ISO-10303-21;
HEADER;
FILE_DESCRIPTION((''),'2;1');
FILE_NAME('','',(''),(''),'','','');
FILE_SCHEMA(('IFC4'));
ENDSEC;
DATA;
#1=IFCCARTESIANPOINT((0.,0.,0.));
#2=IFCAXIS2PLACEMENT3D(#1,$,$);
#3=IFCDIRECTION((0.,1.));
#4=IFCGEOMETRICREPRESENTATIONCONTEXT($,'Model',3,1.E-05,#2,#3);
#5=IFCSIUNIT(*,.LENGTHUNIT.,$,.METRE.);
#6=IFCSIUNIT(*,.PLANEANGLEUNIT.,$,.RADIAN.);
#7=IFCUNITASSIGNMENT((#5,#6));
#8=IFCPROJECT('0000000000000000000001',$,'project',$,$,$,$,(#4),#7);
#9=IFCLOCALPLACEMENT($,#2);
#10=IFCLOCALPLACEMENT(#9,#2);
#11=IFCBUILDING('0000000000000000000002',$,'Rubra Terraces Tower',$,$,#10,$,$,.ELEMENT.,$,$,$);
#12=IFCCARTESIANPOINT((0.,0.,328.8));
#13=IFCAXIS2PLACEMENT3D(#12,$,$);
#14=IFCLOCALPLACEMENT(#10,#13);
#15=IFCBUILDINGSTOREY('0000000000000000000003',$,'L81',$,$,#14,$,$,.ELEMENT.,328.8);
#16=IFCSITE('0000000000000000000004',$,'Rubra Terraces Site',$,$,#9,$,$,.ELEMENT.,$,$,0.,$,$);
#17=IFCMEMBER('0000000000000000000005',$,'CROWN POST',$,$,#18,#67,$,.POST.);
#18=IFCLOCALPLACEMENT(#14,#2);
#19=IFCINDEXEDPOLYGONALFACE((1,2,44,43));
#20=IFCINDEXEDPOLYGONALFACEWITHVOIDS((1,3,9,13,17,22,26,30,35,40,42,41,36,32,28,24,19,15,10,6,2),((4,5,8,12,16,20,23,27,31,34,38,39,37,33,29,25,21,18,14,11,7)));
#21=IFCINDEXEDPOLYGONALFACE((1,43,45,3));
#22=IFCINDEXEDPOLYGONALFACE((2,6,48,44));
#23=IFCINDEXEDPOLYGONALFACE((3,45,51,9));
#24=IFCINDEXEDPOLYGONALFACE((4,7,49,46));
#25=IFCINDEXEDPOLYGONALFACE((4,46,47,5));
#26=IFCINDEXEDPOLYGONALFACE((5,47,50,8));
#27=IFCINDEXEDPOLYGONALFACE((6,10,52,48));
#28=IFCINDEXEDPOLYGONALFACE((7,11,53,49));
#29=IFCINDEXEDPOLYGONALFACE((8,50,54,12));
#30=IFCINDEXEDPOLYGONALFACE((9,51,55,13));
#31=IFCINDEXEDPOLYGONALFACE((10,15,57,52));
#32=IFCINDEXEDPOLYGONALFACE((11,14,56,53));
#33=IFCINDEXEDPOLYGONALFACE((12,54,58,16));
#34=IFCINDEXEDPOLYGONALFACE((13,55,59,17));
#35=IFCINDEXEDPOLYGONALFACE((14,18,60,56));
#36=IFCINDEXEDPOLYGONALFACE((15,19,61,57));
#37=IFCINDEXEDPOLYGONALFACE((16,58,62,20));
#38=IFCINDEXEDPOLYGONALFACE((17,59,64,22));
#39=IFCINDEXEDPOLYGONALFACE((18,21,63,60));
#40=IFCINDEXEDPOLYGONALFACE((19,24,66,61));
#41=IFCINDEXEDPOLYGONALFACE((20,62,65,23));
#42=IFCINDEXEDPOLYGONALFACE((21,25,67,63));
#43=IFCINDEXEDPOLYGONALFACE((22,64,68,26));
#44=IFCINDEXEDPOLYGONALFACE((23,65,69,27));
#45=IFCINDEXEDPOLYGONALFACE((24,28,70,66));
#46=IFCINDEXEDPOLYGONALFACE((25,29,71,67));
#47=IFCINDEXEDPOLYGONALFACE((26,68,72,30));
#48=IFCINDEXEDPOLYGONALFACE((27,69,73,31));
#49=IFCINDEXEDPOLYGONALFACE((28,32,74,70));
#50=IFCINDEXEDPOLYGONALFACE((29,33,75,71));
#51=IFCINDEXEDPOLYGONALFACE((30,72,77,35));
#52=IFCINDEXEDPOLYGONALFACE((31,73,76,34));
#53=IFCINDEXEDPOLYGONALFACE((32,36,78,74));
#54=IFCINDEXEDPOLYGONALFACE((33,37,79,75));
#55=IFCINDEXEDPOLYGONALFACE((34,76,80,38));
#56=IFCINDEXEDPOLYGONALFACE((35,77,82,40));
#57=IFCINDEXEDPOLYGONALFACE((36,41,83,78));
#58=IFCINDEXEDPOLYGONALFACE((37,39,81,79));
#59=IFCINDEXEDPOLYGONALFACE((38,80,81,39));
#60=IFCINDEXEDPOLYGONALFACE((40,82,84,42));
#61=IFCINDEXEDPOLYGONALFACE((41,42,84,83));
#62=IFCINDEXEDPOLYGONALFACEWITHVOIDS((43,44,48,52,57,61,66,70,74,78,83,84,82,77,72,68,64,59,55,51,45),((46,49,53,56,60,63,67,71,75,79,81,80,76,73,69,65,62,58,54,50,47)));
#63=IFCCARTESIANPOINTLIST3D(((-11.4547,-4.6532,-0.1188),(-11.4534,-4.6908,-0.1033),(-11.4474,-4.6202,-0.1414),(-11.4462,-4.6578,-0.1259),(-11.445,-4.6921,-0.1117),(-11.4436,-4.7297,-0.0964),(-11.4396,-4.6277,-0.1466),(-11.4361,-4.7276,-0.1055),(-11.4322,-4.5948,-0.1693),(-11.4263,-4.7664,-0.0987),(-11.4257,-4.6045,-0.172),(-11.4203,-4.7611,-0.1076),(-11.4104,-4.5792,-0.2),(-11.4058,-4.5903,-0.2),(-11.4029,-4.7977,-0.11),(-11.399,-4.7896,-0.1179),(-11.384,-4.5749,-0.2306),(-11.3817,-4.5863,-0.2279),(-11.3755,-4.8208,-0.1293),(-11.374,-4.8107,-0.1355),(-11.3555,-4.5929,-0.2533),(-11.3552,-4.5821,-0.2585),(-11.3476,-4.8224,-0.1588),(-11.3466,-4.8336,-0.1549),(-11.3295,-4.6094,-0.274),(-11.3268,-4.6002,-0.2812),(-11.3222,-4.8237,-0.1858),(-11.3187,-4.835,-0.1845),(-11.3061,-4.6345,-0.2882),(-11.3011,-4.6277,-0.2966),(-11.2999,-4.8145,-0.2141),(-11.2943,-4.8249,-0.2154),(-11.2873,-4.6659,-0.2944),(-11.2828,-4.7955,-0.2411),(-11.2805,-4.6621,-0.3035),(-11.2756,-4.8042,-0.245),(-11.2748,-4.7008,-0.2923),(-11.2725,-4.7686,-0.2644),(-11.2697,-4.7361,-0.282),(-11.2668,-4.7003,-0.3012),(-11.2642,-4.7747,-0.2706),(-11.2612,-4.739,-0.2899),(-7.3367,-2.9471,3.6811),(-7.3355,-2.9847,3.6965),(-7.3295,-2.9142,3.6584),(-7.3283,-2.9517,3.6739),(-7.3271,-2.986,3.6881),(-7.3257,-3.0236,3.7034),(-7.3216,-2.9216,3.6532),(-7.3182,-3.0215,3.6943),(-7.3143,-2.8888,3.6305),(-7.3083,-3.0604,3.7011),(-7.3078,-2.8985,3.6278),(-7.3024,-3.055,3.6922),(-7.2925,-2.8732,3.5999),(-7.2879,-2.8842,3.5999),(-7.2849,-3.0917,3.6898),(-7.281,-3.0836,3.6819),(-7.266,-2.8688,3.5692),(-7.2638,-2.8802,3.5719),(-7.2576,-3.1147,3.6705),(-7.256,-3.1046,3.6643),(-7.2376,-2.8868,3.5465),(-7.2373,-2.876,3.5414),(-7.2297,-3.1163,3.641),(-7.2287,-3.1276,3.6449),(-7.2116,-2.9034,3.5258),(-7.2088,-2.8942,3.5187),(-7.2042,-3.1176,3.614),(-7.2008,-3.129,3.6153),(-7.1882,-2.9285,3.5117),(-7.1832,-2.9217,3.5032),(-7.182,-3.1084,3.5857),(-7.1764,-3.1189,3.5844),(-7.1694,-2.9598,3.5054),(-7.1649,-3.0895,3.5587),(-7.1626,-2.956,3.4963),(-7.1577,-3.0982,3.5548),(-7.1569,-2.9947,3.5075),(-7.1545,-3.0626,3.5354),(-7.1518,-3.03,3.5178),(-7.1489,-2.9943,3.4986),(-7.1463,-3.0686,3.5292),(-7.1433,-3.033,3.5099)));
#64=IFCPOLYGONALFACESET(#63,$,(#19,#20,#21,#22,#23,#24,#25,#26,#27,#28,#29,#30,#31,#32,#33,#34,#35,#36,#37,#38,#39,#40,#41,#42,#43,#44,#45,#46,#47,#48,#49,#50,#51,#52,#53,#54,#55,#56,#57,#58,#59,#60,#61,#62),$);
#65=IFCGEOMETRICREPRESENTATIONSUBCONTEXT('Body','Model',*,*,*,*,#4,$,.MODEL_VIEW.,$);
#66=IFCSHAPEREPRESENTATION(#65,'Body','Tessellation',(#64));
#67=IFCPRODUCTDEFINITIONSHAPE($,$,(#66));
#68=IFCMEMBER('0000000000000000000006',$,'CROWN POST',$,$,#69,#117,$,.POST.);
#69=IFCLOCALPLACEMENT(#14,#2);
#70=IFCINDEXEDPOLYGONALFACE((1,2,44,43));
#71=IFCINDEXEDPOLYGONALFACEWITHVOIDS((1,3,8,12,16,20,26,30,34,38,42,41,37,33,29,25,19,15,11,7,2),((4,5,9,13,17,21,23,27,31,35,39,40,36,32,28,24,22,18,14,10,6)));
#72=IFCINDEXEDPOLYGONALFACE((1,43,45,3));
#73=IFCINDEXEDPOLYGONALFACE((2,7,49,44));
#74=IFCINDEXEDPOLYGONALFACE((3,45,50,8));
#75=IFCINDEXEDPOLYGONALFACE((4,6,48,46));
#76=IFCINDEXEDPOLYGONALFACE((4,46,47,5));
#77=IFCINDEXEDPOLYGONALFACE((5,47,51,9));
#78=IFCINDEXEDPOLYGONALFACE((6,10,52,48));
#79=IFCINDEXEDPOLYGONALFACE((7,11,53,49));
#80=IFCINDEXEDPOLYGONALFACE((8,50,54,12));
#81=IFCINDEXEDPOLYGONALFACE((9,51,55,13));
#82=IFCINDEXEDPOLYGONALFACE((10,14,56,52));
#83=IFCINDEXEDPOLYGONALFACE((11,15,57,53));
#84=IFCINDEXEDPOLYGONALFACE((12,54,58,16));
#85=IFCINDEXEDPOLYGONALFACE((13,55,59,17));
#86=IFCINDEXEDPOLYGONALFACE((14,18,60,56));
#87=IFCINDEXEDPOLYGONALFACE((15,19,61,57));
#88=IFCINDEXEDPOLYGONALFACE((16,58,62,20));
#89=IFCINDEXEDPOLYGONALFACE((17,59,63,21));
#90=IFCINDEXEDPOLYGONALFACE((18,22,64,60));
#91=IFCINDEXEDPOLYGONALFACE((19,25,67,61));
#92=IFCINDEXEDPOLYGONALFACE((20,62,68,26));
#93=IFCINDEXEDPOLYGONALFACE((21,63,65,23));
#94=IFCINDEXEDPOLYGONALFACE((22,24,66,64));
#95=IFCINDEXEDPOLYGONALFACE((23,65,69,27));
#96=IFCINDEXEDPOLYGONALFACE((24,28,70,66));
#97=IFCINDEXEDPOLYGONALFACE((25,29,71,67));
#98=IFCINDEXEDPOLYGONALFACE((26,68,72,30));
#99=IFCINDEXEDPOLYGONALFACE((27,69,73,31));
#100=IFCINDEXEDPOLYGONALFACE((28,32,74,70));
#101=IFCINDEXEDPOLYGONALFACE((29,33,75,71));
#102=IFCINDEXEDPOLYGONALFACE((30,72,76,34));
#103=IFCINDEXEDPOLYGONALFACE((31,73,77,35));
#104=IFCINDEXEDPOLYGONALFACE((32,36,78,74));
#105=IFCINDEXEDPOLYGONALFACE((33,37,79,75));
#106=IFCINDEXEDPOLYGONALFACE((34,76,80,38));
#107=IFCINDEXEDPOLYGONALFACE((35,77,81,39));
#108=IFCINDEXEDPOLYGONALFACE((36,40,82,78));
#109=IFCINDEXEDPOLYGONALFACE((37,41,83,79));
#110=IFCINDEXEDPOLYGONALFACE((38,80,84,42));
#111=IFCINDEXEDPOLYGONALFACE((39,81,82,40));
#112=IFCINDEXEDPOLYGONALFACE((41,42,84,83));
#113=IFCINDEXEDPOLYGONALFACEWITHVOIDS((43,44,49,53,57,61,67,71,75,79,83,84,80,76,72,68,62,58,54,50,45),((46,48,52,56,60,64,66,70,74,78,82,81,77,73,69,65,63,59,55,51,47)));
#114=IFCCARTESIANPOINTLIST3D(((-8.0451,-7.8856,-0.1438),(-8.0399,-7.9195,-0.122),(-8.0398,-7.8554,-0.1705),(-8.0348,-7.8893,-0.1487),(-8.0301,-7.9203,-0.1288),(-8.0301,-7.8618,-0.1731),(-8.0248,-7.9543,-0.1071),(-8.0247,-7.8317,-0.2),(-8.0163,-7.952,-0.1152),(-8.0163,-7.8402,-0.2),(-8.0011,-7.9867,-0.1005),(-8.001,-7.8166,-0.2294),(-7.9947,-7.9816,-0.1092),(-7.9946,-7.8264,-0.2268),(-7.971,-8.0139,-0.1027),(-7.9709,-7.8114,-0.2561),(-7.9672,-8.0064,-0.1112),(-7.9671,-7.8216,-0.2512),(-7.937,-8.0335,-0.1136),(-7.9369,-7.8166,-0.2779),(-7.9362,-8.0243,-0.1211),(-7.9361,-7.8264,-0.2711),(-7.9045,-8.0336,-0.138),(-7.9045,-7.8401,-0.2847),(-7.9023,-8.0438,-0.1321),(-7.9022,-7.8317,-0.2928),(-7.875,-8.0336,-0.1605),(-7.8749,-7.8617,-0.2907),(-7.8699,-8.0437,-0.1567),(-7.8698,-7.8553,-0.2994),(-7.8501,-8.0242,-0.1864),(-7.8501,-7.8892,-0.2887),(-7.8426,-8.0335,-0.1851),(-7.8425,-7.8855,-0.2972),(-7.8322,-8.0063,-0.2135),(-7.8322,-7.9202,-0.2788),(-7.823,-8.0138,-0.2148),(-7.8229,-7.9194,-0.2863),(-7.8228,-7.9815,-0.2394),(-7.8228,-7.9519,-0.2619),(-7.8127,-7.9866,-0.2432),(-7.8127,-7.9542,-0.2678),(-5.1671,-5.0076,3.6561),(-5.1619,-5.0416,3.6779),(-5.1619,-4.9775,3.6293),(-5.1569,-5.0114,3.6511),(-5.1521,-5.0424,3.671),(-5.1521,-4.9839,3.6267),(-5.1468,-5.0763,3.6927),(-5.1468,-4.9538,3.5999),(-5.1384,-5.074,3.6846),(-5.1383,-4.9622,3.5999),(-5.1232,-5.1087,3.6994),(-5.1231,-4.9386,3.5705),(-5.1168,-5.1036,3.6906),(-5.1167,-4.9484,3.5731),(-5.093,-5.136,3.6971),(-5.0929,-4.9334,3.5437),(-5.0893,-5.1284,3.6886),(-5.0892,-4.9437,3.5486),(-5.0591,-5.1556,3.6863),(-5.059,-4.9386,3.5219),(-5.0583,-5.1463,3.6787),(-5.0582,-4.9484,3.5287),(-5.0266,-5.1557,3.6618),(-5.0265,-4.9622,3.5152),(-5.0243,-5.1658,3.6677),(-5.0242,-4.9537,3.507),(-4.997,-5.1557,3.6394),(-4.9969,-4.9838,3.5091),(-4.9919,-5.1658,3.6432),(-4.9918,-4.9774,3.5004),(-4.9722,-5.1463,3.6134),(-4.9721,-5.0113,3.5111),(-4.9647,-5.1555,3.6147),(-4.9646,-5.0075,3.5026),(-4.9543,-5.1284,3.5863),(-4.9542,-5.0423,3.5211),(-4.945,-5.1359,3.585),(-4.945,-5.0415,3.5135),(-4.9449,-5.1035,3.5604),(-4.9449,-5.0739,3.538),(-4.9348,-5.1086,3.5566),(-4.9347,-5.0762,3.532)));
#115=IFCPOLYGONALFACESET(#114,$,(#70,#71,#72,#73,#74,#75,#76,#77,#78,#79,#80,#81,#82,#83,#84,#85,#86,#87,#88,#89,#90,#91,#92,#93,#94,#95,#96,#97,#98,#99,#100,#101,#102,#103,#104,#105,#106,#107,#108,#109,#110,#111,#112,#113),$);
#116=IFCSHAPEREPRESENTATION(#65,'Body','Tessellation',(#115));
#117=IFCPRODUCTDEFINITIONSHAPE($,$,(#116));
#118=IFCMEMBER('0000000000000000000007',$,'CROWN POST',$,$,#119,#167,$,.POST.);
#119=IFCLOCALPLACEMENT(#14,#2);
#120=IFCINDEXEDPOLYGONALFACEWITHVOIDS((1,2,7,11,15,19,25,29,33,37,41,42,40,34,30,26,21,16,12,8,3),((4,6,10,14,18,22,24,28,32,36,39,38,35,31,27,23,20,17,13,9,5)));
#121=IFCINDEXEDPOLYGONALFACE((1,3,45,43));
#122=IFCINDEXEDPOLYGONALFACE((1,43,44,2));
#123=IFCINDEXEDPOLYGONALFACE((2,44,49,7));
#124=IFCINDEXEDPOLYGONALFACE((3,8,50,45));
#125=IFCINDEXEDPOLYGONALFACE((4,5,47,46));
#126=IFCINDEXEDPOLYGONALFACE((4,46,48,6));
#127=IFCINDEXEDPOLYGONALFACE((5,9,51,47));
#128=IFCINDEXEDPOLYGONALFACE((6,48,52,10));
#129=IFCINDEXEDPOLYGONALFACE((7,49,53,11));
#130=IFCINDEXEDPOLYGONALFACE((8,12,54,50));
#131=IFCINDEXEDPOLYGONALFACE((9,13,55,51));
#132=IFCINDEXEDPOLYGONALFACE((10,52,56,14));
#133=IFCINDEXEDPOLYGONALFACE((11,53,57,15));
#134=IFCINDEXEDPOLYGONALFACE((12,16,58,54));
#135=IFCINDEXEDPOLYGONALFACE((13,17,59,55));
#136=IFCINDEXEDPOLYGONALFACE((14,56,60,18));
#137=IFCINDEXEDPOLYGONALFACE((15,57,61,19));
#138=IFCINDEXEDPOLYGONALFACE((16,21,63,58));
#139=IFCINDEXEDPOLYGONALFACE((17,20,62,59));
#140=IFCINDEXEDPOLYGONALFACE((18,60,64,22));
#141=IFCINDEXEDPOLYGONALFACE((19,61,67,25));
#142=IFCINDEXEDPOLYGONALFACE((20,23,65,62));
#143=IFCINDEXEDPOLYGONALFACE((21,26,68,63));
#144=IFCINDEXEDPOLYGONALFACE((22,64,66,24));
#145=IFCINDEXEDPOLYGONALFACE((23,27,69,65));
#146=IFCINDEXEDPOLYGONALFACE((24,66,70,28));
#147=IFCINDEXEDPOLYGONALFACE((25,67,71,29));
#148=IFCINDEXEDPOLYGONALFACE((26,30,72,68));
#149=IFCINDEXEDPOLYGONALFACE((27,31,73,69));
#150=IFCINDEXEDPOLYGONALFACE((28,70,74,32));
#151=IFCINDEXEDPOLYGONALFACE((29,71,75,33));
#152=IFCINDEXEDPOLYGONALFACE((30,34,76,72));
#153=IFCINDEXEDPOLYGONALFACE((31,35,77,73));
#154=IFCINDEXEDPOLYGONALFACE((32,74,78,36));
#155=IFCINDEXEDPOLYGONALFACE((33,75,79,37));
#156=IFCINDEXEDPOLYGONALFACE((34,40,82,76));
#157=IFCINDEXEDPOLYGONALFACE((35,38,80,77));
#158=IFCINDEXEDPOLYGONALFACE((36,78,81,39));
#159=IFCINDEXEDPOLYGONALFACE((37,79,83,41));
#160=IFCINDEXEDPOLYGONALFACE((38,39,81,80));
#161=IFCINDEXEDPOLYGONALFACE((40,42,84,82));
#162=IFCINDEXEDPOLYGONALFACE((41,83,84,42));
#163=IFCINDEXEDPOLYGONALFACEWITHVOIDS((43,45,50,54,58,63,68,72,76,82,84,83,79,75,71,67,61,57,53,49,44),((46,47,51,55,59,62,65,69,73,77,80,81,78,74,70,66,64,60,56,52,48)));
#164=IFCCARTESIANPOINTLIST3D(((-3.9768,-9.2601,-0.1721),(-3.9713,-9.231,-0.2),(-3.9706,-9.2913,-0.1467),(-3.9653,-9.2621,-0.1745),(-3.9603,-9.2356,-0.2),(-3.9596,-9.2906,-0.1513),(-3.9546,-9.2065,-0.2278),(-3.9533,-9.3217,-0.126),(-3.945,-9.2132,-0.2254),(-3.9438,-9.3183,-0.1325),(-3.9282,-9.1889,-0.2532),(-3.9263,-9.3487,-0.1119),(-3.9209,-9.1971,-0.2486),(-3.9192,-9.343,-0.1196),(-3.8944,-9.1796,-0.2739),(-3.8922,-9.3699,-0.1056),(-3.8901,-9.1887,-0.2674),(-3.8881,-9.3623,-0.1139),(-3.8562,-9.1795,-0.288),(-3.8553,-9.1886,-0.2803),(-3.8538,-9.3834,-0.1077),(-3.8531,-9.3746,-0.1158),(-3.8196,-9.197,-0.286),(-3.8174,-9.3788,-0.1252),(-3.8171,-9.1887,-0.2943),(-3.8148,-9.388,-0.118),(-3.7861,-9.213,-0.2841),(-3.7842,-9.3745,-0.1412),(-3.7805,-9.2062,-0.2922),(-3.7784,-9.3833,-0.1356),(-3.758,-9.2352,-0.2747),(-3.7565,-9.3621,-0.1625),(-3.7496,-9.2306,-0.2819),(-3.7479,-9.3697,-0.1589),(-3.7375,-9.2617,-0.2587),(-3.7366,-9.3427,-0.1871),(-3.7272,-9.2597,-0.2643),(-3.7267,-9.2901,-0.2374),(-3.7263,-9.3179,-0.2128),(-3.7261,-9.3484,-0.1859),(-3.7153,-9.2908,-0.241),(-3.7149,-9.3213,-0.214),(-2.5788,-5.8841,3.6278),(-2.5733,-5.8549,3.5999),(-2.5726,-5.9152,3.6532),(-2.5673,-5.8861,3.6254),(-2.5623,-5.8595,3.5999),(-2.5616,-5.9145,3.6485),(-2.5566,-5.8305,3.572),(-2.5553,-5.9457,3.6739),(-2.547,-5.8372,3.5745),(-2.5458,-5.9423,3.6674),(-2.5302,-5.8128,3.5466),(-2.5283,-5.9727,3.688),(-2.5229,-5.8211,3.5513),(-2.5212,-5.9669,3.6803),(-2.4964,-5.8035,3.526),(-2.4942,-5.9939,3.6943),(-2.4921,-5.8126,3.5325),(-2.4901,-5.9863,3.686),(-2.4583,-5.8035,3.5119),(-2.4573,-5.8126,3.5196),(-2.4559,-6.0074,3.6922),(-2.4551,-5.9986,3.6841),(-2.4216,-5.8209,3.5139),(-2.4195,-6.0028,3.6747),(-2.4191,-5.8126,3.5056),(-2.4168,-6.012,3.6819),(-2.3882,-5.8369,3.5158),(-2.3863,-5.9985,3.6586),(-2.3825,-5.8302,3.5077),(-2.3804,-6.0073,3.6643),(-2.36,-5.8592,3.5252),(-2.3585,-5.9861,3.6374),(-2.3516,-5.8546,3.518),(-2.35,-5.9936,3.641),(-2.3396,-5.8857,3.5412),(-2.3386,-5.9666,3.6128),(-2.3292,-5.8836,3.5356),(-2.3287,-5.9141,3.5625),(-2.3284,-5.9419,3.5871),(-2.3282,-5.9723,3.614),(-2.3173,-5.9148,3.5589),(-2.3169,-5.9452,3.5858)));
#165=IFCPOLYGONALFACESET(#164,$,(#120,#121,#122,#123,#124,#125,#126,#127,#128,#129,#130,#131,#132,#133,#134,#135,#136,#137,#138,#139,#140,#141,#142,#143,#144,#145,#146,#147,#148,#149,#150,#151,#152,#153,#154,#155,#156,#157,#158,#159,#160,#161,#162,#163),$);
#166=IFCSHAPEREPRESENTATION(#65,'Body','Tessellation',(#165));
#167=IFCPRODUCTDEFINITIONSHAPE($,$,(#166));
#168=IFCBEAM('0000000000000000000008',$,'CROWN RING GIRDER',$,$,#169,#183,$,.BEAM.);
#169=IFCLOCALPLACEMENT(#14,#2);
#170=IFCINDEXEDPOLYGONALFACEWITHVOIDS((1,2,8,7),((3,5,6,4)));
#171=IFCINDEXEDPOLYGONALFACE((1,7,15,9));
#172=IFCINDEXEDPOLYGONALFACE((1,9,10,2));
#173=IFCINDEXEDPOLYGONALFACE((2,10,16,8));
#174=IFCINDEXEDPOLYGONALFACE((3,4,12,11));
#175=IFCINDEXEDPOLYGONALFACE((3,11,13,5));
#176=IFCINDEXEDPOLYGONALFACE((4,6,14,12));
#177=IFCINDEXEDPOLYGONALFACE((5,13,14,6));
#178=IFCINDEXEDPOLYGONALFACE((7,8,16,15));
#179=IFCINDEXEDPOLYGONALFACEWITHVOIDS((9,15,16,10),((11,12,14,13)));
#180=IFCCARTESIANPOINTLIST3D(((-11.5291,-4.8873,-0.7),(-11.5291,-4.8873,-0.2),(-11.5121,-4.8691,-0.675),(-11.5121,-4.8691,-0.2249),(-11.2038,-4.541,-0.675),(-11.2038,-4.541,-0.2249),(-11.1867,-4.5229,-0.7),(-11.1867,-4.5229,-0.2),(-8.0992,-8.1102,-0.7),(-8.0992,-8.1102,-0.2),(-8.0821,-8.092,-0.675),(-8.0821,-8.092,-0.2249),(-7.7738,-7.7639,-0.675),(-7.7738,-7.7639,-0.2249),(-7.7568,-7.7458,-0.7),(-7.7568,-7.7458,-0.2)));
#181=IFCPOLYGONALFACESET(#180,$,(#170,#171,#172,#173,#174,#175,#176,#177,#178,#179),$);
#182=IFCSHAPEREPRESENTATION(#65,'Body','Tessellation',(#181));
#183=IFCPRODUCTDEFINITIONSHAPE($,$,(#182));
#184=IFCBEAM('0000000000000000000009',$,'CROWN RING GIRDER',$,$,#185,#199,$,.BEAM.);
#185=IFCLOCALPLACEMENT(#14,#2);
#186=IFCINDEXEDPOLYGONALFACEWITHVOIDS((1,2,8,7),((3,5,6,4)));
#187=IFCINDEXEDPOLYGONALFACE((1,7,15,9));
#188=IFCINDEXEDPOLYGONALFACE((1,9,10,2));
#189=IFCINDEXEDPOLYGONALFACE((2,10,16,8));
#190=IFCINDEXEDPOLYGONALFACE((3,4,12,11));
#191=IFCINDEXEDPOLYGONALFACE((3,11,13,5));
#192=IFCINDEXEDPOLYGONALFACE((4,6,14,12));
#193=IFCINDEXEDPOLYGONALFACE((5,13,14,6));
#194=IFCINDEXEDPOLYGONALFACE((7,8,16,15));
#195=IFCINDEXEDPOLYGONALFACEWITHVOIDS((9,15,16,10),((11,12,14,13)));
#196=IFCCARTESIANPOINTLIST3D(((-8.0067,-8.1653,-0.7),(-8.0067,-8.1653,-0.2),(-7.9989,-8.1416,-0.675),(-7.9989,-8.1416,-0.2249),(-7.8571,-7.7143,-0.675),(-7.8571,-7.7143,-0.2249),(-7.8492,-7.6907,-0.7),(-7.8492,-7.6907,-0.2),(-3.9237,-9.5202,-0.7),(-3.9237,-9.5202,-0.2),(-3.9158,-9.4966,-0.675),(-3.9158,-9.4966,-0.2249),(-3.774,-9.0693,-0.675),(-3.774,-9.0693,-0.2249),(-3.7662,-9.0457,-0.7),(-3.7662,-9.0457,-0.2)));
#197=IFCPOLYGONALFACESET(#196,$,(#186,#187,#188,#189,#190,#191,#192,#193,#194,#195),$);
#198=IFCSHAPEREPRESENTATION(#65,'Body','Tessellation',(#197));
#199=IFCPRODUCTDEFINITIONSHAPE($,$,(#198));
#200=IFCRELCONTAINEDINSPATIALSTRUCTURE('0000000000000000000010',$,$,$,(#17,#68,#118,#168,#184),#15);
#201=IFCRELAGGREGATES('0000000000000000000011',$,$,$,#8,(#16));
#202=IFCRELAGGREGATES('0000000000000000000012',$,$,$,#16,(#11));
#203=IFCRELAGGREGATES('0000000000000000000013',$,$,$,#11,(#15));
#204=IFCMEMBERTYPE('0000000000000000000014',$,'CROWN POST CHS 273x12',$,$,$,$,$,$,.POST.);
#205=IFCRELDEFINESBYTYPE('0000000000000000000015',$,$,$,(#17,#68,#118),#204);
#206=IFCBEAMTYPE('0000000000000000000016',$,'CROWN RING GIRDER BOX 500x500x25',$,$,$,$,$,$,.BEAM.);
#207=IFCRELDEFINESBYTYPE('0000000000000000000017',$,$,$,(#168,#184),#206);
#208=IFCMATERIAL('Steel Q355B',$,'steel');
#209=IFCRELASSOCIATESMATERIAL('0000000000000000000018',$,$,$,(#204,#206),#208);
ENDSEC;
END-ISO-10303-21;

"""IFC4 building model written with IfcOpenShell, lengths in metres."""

from ifc_helpers import new_model, si_unit, direction, frame, origin, origin_2d, place, context, subcontext, project, spatial, hollow_rectangle, hollow_circle, extrude, material, material_profile, profile_set, type_object, element, save


model = new_model("IFC4")

# Units and contexts
model_context = context("Model", 3, precision=1e-05, world=origin(), true_north=direction((0.0, 1.0)))
body_context = subcontext(model_context, "Body", "Model", "MODEL_VIEW")
ifc_project = project(units=[si_unit("LENGTHUNIT", "METRE"), si_unit("PLANEANGLEUNIT", "RADIAN")], contexts=[model_context])

# Site, building, storey
site_placement = place(None, origin())
site = spatial("IfcSite", under=ifc_project, at=site_placement, Name="Rubra Terraces Site", CompositionType="ELEMENT", RefElevation=0.0)
building_placement = place(site_placement, origin())
building = spatial("IfcBuilding", under=site, at=building_placement, Name="Rubra Terraces Tower", CompositionType="ELEMENT")
storey_placement = place(building_placement, frame((0.0, 0.0, 328.8)))
storey = spatial("IfcBuildingStorey", under=building, at=storey_placement, Name="L81", CompositionType="ELEMENT", Elevation=328.8)

# Members
ifc_material_1 = material(Name="Steel Q355B", Category="steel")
ifc_material_profile_1 = material_profile(ifc_material_1, hollow_circle(Radius=0.1365, WallThickness=0.012, at=origin_2d()), Name="CHS 273x12")
ifc_profile_set_1 = profile_set([ifc_material_profile_1], Name="Steel Q355B")
member_type_1 = type_object("IfcMemberType", Name="CROWN POST CHS 273x12", PredefinedType="POST", material=ifc_profile_set_1)
member_1_placement = place(storey_placement, frame((-11.3582, -4.7053, -0.2), z_axis=(0.703057, 0.291276, 0.648744), x_axis=(-0.382752, 0.923851, 0.0)))
element("IfcMember", 1, at=member_1_placement, inside=storey, type_object=member_type_1, Name="CROWN POST", PredefinedType="POST", context=body_context, shape_type="SweptSolid", body=[
    extrude(hollow_circle(Radius=0.1365, WallThickness=0.012, at=origin_2d()), origin(), (0.0, 0.0, 1.0), 5.8572),
])
member_2_placement = place(storey_placement, frame((-7.9282, -7.9282, -0.2), z_axis=(0.516862, 0.516862, 0.682427), x_axis=(-0.707107, 0.707107, 0.0)))
element("IfcMember", 2, at=member_2_placement, inside=storey, type_object=member_type_1, Name="CROWN POST", PredefinedType="POST", context=body_context, shape_type="SweptSolid", body=[
    extrude(hollow_circle(Radius=0.1365, WallThickness=0.012, at=origin_2d()), origin(), (0.0, 0.0, 1.0), 5.5681),
])
member_3_placement = place(storey_placement, frame((-3.8452, -9.2832, -0.2), z_axis=(0.265184, 0.640406, 0.720804), x_axis=(-0.923921, 0.382584, 0.0)))
element("IfcMember", 3, at=member_3_placement, inside=storey, type_object=member_type_1, Name="CROWN POST", PredefinedType="POST", context=body_context, shape_type="SweptSolid", body=[
    extrude(hollow_circle(Radius=0.1365, WallThickness=0.012, at=origin_2d()), origin(), (0.0, 0.0, 1.0), 5.2717),
])

# Beams
ifc_material_profile_2 = material_profile(ifc_material_1, hollow_rectangle(XDim=0.5, YDim=0.5, WallThickness=0.0249, at=origin_2d()), Name="BOX 500x500x25")
ifc_profile_set_2 = profile_set([ifc_material_profile_2], Name="Steel Q355B")
beam_type_1 = type_object("IfcBeamType", Name="CROWN RING GIRDER BOX 500x500x25", PredefinedType="BEAM", material=ifc_profile_set_2)
beam_1_placement = place(storey_placement, frame((-11.3579, -4.7051, -0.45), z_axis=(0.728759, -0.684771, 0.0), x_axis=(0.684771, 0.728759, 0.0)))
element("IfcBeam", 4, at=beam_1_placement, inside=storey, type_object=beam_type_1, Name="CROWN RING GIRDER", PredefinedType="BEAM", context=body_context, shape_type="SweptSolid", body=[
    extrude(hollow_rectangle(XDim=0.5, YDim=0.5, WallThickness=0.0249, at=origin_2d()), origin(), (0.0, 0.0, 1.0), 4.7065),
])
beam_2_placement = place(storey_placement, frame((-7.928, -7.928, -0.45), z_axis=(0.949102, -0.314968, 0.0), x_axis=(0.314968, 0.949102, 0.0)))
element("IfcBeam", 5, at=beam_2_placement, inside=storey, type_object=beam_type_1, Name="CROWN RING GIRDER", PredefinedType="BEAM", context=body_context, shape_type="SweptSolid", body=[
    extrude(hollow_rectangle(XDim=0.5, YDim=0.5, WallThickness=0.0249, at=origin_2d()), origin(), (0.0, 0.0, 1.0), 4.302),
])

save(model, "model.ifc")
